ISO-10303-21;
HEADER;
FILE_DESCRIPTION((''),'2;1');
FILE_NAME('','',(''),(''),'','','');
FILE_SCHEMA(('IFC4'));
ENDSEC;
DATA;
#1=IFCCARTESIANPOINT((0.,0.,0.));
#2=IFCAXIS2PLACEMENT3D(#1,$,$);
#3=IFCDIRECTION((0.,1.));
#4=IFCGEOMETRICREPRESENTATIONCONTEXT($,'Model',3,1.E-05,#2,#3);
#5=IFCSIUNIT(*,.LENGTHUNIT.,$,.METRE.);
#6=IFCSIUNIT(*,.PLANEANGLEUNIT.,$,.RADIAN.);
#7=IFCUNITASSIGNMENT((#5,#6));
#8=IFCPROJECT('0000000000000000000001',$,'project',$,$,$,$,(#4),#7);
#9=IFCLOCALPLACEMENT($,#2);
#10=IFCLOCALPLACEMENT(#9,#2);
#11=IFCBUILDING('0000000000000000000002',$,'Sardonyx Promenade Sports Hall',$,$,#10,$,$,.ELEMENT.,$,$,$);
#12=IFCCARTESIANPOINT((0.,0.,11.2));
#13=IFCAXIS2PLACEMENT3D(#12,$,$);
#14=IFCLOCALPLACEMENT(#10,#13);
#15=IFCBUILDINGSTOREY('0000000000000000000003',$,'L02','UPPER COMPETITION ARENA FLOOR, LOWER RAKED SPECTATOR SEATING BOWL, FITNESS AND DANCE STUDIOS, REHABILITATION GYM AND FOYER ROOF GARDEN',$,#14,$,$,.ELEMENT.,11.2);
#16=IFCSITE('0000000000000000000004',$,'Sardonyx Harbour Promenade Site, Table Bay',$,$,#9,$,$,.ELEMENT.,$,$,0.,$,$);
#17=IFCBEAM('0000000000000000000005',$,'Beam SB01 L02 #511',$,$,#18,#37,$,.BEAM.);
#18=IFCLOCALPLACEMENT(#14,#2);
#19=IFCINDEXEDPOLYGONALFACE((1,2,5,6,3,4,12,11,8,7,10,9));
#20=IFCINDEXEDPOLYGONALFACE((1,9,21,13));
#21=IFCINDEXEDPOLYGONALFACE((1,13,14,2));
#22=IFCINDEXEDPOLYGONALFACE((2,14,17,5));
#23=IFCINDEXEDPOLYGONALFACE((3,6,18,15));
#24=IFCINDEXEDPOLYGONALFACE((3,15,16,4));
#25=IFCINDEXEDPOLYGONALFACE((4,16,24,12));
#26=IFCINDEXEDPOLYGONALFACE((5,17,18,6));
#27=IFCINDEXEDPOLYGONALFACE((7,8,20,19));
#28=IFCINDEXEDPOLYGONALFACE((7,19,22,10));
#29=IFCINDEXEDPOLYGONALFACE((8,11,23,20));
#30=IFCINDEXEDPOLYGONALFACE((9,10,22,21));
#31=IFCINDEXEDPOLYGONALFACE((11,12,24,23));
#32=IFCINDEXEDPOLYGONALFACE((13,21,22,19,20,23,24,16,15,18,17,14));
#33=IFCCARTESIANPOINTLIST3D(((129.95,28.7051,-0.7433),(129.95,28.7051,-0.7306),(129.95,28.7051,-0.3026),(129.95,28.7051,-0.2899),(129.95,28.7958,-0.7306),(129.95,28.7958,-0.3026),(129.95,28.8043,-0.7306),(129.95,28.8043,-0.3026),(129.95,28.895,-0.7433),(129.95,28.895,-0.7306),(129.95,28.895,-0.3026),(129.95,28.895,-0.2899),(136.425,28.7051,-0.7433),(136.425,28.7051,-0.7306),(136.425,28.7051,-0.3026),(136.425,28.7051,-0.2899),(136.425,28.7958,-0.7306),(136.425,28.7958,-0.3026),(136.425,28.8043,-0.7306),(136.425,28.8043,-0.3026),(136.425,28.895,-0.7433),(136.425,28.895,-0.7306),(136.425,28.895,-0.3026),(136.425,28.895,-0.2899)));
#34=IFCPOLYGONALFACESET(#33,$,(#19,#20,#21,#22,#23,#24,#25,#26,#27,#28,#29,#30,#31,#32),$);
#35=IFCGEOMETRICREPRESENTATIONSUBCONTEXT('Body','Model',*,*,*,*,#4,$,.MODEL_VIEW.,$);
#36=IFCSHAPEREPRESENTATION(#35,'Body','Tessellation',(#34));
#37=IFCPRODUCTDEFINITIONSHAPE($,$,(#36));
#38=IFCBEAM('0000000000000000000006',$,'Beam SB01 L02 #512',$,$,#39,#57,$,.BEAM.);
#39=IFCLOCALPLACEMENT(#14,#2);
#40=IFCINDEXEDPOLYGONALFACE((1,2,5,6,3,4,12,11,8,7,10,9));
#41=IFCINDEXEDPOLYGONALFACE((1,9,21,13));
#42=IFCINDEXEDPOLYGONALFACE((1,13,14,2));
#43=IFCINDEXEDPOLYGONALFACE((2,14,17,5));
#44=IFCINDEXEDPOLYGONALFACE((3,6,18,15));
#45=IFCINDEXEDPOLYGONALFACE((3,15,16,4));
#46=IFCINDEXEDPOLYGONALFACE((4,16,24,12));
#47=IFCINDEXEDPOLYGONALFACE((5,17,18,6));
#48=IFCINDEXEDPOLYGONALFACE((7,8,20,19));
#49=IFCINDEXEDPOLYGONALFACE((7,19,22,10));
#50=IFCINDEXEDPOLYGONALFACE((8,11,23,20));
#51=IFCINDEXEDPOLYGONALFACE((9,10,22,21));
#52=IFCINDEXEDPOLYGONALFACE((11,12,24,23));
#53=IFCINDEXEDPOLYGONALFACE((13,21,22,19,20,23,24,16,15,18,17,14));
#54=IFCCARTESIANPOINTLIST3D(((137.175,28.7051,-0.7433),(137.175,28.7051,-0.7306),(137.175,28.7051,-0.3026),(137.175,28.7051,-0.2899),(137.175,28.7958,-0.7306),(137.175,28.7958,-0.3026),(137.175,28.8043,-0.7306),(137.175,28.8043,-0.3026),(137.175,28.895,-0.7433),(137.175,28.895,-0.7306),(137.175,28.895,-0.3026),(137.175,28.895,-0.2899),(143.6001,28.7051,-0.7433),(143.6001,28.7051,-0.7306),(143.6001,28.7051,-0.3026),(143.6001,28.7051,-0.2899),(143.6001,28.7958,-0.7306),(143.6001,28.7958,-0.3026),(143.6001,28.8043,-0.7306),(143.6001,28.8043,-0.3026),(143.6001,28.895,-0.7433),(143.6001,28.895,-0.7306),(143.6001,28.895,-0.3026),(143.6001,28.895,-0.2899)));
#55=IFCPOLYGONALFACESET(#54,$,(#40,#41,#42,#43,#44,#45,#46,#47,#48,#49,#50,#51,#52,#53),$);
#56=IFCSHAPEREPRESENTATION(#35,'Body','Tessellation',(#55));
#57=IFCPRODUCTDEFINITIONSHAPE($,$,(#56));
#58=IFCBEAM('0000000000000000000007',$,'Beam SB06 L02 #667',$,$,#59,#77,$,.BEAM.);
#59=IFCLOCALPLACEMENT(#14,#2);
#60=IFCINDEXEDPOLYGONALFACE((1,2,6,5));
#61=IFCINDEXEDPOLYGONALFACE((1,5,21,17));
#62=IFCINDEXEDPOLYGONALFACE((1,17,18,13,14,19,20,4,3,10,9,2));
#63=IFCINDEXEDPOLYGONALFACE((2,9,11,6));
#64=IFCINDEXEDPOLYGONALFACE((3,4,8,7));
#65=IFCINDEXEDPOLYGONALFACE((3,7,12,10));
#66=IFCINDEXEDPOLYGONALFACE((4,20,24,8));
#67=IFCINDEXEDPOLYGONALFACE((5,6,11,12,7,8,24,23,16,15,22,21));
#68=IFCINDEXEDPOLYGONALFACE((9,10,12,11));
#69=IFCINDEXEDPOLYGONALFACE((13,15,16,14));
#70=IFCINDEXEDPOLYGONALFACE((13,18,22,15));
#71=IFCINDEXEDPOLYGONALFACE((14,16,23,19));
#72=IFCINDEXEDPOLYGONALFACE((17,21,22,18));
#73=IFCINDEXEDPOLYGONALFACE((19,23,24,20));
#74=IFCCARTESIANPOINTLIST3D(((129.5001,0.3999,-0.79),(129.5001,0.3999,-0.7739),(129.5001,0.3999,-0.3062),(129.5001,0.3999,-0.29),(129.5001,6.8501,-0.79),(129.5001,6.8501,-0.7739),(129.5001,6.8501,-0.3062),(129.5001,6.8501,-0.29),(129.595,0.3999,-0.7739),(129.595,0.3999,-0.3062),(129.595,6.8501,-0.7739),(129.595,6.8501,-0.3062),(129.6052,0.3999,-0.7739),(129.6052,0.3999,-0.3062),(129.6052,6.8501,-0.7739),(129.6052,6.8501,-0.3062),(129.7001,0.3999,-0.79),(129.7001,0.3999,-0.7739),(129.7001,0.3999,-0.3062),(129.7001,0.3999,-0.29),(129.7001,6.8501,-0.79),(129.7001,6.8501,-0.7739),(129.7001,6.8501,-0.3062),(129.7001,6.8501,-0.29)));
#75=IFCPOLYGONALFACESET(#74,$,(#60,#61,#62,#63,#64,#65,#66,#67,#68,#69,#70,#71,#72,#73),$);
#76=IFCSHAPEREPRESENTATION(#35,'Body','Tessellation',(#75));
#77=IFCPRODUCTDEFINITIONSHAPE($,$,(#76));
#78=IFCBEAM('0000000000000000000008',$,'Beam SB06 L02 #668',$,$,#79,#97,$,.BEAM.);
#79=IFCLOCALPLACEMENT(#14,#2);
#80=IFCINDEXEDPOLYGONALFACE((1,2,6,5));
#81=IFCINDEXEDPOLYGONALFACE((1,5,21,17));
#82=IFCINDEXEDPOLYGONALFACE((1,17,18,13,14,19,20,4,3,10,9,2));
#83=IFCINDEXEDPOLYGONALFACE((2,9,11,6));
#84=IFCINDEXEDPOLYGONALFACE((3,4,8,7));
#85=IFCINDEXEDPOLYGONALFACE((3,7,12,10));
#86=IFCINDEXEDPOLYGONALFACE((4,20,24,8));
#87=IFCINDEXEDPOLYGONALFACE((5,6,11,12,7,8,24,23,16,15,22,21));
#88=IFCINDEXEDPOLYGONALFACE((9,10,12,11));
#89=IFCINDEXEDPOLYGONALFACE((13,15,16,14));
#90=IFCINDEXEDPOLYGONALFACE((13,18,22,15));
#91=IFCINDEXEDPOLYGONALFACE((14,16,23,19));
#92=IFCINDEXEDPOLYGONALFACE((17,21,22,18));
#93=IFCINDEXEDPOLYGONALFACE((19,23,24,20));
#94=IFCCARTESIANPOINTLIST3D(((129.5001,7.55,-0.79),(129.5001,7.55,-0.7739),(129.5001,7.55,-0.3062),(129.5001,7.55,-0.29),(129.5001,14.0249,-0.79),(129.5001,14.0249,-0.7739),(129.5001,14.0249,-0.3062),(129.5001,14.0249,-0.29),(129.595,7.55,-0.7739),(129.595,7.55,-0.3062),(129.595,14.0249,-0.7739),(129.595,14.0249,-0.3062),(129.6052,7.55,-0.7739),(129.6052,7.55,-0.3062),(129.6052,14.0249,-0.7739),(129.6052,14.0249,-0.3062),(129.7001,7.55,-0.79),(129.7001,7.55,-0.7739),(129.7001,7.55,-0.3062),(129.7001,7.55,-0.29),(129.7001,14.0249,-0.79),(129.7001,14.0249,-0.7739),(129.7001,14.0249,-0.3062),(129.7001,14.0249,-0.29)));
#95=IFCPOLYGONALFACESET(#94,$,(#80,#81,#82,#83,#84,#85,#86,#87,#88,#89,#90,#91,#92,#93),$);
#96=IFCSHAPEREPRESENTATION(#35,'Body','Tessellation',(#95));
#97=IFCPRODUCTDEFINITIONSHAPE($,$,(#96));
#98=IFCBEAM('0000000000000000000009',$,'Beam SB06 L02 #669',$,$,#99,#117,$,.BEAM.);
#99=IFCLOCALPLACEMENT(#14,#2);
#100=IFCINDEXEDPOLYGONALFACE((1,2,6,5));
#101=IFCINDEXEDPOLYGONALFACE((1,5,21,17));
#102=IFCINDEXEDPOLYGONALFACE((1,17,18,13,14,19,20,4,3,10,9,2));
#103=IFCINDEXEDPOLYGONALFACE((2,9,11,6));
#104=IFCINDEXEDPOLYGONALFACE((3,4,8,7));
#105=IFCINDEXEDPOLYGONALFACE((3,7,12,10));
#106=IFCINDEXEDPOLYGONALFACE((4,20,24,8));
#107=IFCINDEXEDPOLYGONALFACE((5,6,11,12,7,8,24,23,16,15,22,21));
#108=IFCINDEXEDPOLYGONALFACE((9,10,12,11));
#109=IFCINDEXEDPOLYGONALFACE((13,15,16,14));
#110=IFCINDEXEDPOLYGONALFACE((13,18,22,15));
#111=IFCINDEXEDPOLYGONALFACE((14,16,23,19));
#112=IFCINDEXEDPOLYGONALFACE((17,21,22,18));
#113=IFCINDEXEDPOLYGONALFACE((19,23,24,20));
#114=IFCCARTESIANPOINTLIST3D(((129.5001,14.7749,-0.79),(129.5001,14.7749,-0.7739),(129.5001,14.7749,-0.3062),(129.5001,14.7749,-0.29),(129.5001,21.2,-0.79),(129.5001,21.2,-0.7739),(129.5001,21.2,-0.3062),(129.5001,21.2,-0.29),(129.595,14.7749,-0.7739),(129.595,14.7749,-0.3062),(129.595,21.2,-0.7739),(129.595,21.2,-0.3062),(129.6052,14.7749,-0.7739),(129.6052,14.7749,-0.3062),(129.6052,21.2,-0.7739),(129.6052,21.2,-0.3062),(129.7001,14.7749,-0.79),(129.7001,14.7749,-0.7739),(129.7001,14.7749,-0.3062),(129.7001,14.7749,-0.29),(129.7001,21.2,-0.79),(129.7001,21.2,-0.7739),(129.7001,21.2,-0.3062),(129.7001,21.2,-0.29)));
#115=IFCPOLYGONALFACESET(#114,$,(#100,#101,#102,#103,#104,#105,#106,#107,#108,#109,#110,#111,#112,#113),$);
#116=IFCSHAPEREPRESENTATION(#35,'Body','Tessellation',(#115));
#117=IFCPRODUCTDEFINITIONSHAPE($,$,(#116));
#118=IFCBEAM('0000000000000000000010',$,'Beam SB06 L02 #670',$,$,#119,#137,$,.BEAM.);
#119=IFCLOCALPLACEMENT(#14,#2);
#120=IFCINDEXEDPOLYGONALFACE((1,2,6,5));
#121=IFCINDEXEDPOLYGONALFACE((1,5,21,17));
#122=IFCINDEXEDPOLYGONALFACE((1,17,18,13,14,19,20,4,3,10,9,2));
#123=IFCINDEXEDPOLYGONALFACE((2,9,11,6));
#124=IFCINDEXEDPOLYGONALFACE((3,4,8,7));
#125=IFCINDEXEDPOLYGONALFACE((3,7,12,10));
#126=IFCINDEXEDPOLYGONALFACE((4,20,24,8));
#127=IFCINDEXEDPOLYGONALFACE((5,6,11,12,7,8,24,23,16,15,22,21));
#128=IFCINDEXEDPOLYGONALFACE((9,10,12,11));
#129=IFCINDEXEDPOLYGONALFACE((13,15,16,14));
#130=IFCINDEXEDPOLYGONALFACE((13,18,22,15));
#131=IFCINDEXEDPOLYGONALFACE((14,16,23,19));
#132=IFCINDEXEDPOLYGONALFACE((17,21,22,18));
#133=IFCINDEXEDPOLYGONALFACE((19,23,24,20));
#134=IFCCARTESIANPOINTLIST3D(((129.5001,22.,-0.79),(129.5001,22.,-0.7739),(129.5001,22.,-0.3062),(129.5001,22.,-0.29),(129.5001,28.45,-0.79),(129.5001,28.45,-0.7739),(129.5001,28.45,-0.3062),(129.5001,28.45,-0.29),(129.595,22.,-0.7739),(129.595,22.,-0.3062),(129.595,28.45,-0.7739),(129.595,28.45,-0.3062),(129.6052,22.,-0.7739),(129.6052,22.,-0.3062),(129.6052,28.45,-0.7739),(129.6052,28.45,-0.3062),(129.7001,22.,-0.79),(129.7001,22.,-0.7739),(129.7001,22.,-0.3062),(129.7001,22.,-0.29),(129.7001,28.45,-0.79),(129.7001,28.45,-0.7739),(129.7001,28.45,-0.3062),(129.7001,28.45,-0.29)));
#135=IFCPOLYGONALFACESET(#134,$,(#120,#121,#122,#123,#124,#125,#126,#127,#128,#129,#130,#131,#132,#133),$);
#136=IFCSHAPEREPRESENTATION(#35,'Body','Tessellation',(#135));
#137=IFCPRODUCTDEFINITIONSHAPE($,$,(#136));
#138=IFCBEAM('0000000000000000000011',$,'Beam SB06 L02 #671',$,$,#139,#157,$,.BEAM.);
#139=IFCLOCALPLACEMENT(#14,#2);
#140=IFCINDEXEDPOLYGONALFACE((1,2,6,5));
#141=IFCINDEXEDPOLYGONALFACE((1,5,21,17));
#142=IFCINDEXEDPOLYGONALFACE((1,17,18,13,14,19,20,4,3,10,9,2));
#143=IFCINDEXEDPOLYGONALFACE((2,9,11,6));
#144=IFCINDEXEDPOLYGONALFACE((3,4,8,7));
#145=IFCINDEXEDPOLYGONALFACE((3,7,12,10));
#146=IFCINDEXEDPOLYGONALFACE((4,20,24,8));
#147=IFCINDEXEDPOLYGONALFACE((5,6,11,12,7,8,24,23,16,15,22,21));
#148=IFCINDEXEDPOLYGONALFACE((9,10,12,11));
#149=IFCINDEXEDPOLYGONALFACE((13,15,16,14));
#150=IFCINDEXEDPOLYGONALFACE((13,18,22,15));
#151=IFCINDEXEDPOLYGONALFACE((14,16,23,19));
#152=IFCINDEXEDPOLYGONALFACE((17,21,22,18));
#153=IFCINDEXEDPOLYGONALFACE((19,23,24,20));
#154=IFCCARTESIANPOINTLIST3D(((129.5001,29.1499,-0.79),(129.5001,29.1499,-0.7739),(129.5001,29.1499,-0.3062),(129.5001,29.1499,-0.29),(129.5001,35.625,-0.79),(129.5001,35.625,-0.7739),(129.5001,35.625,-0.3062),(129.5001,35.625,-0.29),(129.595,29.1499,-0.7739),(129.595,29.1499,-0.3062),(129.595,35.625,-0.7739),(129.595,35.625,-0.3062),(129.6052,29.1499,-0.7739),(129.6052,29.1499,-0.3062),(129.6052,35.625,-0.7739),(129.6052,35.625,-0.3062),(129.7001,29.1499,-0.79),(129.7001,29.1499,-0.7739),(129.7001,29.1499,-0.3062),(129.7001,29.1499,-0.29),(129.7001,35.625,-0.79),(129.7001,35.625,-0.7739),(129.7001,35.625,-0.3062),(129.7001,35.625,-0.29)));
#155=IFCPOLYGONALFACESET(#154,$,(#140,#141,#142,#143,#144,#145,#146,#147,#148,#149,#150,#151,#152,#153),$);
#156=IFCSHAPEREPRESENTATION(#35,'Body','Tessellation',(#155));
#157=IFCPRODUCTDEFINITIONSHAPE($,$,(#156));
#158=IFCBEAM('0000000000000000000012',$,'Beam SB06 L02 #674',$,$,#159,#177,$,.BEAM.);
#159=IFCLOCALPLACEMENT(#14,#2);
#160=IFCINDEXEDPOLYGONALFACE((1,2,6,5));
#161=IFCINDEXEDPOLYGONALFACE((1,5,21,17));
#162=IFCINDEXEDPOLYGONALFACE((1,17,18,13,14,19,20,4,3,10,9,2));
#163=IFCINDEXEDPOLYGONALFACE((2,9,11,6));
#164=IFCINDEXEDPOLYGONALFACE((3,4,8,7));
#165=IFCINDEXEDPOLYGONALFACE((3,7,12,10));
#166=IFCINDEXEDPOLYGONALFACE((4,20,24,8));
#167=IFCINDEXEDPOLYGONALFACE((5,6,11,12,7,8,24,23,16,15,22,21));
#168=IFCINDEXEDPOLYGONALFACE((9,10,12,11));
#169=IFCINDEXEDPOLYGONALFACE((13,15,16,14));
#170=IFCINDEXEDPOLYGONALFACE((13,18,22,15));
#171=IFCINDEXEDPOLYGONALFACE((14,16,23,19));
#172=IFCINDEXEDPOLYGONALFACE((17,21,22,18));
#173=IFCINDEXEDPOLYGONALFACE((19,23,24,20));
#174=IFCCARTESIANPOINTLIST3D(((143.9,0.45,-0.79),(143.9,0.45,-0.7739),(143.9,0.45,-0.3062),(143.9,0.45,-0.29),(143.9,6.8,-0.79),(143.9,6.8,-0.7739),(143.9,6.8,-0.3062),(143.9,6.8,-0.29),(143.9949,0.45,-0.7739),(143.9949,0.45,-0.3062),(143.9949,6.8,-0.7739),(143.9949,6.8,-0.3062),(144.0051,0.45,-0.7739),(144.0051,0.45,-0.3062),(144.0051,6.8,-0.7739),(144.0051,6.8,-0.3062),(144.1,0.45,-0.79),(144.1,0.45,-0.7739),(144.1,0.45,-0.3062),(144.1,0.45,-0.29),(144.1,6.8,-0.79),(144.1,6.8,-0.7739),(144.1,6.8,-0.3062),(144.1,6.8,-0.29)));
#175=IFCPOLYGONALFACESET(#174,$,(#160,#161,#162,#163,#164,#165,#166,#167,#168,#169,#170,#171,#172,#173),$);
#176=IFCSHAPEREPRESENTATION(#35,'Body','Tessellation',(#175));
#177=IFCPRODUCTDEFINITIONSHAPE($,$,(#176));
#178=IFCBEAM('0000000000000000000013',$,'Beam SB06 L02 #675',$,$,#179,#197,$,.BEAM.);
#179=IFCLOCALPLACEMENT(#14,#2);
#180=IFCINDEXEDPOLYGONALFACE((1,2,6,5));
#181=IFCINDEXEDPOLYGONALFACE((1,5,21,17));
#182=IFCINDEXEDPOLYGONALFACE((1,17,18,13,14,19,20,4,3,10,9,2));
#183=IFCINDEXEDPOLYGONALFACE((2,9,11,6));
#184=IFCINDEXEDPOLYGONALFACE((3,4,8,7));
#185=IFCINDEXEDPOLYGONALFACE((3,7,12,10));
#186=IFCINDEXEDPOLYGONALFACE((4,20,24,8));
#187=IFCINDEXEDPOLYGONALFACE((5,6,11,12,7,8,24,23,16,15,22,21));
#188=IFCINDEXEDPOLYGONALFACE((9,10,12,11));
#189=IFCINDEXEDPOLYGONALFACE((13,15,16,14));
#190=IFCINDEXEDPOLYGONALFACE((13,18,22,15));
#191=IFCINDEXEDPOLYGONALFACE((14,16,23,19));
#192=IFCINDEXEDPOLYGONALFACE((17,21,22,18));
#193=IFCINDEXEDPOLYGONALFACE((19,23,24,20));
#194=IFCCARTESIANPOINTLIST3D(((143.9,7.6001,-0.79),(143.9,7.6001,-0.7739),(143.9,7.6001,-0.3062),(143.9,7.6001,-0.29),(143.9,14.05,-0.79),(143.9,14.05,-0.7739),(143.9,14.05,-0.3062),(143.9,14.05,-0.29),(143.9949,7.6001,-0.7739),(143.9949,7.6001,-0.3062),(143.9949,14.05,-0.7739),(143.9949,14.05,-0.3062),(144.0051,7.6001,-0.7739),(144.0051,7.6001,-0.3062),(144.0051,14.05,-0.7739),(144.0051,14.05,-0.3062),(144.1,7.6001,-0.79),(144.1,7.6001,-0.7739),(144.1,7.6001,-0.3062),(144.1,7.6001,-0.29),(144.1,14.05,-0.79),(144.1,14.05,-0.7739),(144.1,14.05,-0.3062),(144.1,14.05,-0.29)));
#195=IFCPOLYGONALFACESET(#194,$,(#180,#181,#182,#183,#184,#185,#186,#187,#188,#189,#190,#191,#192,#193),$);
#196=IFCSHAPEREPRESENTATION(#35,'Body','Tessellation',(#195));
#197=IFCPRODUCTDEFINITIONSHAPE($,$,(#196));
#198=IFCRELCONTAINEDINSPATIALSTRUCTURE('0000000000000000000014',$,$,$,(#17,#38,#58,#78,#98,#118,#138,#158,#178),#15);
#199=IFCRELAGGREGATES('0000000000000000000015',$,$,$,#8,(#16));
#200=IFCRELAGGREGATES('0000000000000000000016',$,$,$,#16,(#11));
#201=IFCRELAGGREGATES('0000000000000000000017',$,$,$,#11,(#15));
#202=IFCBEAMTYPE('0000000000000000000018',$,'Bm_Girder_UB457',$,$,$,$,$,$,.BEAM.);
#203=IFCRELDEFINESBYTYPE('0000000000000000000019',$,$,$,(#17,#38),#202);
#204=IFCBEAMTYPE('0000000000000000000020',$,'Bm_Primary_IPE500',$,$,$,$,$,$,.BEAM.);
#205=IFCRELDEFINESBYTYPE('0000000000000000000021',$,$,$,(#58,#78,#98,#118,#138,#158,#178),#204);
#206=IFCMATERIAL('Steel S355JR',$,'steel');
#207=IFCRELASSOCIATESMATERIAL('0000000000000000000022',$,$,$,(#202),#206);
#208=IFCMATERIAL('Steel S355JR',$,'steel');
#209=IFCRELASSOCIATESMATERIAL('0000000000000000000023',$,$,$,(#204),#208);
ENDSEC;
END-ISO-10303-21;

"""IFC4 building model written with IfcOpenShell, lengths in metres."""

from ifc_helpers import new_model, si_unit, direction, frame, origin, origin_2d, place, context, subcontext, project, spatial, i_section, extrude, material, material_profile, profile_set, type_object, element, save


model = new_model("IFC4")

# Units and contexts
model_context = context("Model", 3, precision=1e-05, world=origin(), true_north=direction((0.0, 1.0)))
body_context = subcontext(model_context, "Body", "Model", "MODEL_VIEW")
ifc_project = project(units=[si_unit("LENGTHUNIT", "METRE"), si_unit("PLANEANGLEUNIT", "RADIAN")], contexts=[model_context])

# Site, building, storey
site_placement = place(None, origin())
site = spatial("IfcSite", under=ifc_project, at=site_placement, Name="Sardonyx Harbour Promenade Site, Table Bay", CompositionType="ELEMENT", RefElevation=0.0)
building_placement = place(site_placement, origin())
building = spatial("IfcBuilding", under=site, at=building_placement, Name="Sardonyx Promenade Sports Hall", CompositionType="ELEMENT")
storey_placement = place(building_placement, frame((0.0, 0.0, 11.2)))
storey = spatial("IfcBuildingStorey", under=building, at=storey_placement, Name="L02", Description="UPPER COMPETITION ARENA FLOOR, LOWER RAKED SPECTATOR SEATING BOWL, FITNESS AND DANCE STUDIOS, REHABILITATION GYM AND FOYER ROOF GARDEN", CompositionType="ELEMENT", Elevation=11.2)

# Beams
ifc_material_1 = material(Name="Steel S355JR", Category="steel")
ifc_material_profile_1 = material_profile(ifc_material_1, i_section(OverallWidth=0.1899, OverallDepth=0.4534, WebThickness=0.0085, FlangeThickness=0.0127, at=origin_2d()))
ifc_profile_set_1 = profile_set([ifc_material_profile_1], Name="Steel S355JR")
beam_type_1 = type_object("IfcBeamType", Name="Bm_Girder_UB457", PredefinedType="BEAM", material=ifc_profile_set_1)
beam_1_placement = place(storey_placement, frame((129.95, 28.8, -0.5166), z_axis=(1.0, 0.0, 0.0), x_axis=(0.0, 1.0, 0.0)))
element("IfcBeam", 1, at=beam_1_placement, inside=storey, type_object=beam_type_1, Name="Beam SB01 L02 #511", PredefinedType="BEAM", context=body_context, shape_type="SweptSolid", body=[
    extrude(i_section(OverallWidth=0.1899, OverallDepth=0.4534, WebThickness=0.0085, FlangeThickness=0.0127, at=origin_2d()), origin(), (0.0, 0.0, 1.0), 6.4751),
])
beam_2_placement = place(storey_placement, frame((137.175, 28.8, -0.5166), z_axis=(1.0, 0.0, 0.0), x_axis=(0.0, 1.0, 0.0)))
element("IfcBeam", 2, at=beam_2_placement, inside=storey, type_object=beam_type_1, Name="Beam SB01 L02 #512", PredefinedType="BEAM", context=body_context, shape_type="SweptSolid", body=[
    extrude(i_section(OverallWidth=0.1899, OverallDepth=0.4534, WebThickness=0.0085, FlangeThickness=0.0127, at=origin_2d()), origin(), (0.0, 0.0, 1.0), 6.425),
])
ifc_material_2 = material(Name="Steel S355JR", Category="steel")
ifc_material_profile_2 = material_profile(ifc_material_2, i_section(OverallWidth=0.2, OverallDepth=0.5, WebThickness=0.0103, FlangeThickness=0.0161, at=origin_2d()))
ifc_profile_set_2 = profile_set([ifc_material_profile_2], Name="Steel S355JR")
beam_type_2 = type_object("IfcBeamType", Name="Bm_Primary_IPE500", PredefinedType="BEAM", material=ifc_profile_set_2)
beam_3_placement = place(storey_placement, frame((129.6001, 0.3999, -0.54), z_axis=(0.0, 1.0, 0.0), x_axis=(-1.0, 0.0, 0.0)))
element("IfcBeam", 3, at=beam_3_placement, inside=storey, type_object=beam_type_2, Name="Beam SB06 L02 #667", PredefinedType="BEAM", context=body_context, shape_type="SweptSolid", body=[
    extrude(i_section(OverallWidth=0.2, OverallDepth=0.5, WebThickness=0.0103, FlangeThickness=0.0161, at=origin_2d()), origin(), (0.0, 0.0, 1.0), 6.4502),
])
beam_4_placement = place(storey_placement, frame((129.6001, 7.55, -0.54), z_axis=(0.0, 1.0, 0.0), x_axis=(-1.0, 0.0, 0.0)))
element("IfcBeam", 4, at=beam_4_placement, inside=storey, type_object=beam_type_2, Name="Beam SB06 L02 #668", PredefinedType="BEAM", context=body_context, shape_type="SweptSolid", body=[
    extrude(i_section(OverallWidth=0.2, OverallDepth=0.5, WebThickness=0.0103, FlangeThickness=0.0161, at=origin_2d()), origin(), (0.0, 0.0, 1.0), 6.4749),
])
beam_5_placement = place(storey_placement, frame((129.6001, 14.7749, -0.54), z_axis=(0.0, 1.0, 0.0), x_axis=(-1.0, 0.0, 0.0)))
element("IfcBeam", 5, at=beam_5_placement, inside=storey, type_object=beam_type_2, Name="Beam SB06 L02 #669", PredefinedType="BEAM", context=body_context, shape_type="SweptSolid", body=[
    extrude(i_section(OverallWidth=0.2, OverallDepth=0.5, WebThickness=0.0103, FlangeThickness=0.0161, at=origin_2d()), origin(), (0.0, 0.0, 1.0), 6.425),
])
beam_6_placement = place(storey_placement, frame((129.6001, 22.0, -0.54), z_axis=(0.0, 1.0, 0.0), x_axis=(-1.0, 0.0, 0.0)))
element("IfcBeam", 6, at=beam_6_placement, inside=storey, type_object=beam_type_2, Name="Beam SB06 L02 #670", PredefinedType="BEAM", context=body_context, shape_type="SweptSolid", body=[
    extrude(i_section(OverallWidth=0.2, OverallDepth=0.5, WebThickness=0.0103, FlangeThickness=0.0161, at=origin_2d()), origin(), (0.0, 0.0, 1.0), 6.45),
])
beam_7_placement = place(storey_placement, frame((129.6001, 29.1499, -0.54), z_axis=(0.0, 1.0, 0.0), x_axis=(-1.0, 0.0, 0.0)))
element("IfcBeam", 7, at=beam_7_placement, inside=storey, type_object=beam_type_2, Name="Beam SB06 L02 #671", PredefinedType="BEAM", context=body_context, shape_type="SweptSolid", body=[
    extrude(i_section(OverallWidth=0.2, OverallDepth=0.5, WebThickness=0.0103, FlangeThickness=0.0161, at=origin_2d()), origin(), (0.0, 0.0, 1.0), 6.4751),
])
beam_8_placement = place(storey_placement, frame((144.0, 0.45, -0.54), z_axis=(0.0, 1.0, 0.0), x_axis=(-1.0, 0.0, 0.0)))
element("IfcBeam", 8, at=beam_8_placement, inside=storey, type_object=beam_type_2, Name="Beam SB06 L02 #674", PredefinedType="BEAM", context=body_context, shape_type="SweptSolid", body=[
    extrude(i_section(OverallWidth=0.2, OverallDepth=0.5, WebThickness=0.0103, FlangeThickness=0.0161, at=origin_2d()), origin(), (0.0, 0.0, 1.0), 6.3501),
])
beam_9_placement = place(storey_placement, frame((144.0, 7.6001, -0.54), z_axis=(0.0, 1.0, 0.0), x_axis=(-1.0, 0.0, 0.0)))
element("IfcBeam", 9, at=beam_9_placement, inside=storey, type_object=beam_type_2, Name="Beam SB06 L02 #675", PredefinedType="BEAM", context=body_context, shape_type="SweptSolid", body=[
    extrude(i_section(OverallWidth=0.2, OverallDepth=0.5, WebThickness=0.0103, FlangeThickness=0.0161, at=origin_2d()), origin(), (0.0, 0.0, 1.0), 6.45),
])

save(model, "model.ifc")
